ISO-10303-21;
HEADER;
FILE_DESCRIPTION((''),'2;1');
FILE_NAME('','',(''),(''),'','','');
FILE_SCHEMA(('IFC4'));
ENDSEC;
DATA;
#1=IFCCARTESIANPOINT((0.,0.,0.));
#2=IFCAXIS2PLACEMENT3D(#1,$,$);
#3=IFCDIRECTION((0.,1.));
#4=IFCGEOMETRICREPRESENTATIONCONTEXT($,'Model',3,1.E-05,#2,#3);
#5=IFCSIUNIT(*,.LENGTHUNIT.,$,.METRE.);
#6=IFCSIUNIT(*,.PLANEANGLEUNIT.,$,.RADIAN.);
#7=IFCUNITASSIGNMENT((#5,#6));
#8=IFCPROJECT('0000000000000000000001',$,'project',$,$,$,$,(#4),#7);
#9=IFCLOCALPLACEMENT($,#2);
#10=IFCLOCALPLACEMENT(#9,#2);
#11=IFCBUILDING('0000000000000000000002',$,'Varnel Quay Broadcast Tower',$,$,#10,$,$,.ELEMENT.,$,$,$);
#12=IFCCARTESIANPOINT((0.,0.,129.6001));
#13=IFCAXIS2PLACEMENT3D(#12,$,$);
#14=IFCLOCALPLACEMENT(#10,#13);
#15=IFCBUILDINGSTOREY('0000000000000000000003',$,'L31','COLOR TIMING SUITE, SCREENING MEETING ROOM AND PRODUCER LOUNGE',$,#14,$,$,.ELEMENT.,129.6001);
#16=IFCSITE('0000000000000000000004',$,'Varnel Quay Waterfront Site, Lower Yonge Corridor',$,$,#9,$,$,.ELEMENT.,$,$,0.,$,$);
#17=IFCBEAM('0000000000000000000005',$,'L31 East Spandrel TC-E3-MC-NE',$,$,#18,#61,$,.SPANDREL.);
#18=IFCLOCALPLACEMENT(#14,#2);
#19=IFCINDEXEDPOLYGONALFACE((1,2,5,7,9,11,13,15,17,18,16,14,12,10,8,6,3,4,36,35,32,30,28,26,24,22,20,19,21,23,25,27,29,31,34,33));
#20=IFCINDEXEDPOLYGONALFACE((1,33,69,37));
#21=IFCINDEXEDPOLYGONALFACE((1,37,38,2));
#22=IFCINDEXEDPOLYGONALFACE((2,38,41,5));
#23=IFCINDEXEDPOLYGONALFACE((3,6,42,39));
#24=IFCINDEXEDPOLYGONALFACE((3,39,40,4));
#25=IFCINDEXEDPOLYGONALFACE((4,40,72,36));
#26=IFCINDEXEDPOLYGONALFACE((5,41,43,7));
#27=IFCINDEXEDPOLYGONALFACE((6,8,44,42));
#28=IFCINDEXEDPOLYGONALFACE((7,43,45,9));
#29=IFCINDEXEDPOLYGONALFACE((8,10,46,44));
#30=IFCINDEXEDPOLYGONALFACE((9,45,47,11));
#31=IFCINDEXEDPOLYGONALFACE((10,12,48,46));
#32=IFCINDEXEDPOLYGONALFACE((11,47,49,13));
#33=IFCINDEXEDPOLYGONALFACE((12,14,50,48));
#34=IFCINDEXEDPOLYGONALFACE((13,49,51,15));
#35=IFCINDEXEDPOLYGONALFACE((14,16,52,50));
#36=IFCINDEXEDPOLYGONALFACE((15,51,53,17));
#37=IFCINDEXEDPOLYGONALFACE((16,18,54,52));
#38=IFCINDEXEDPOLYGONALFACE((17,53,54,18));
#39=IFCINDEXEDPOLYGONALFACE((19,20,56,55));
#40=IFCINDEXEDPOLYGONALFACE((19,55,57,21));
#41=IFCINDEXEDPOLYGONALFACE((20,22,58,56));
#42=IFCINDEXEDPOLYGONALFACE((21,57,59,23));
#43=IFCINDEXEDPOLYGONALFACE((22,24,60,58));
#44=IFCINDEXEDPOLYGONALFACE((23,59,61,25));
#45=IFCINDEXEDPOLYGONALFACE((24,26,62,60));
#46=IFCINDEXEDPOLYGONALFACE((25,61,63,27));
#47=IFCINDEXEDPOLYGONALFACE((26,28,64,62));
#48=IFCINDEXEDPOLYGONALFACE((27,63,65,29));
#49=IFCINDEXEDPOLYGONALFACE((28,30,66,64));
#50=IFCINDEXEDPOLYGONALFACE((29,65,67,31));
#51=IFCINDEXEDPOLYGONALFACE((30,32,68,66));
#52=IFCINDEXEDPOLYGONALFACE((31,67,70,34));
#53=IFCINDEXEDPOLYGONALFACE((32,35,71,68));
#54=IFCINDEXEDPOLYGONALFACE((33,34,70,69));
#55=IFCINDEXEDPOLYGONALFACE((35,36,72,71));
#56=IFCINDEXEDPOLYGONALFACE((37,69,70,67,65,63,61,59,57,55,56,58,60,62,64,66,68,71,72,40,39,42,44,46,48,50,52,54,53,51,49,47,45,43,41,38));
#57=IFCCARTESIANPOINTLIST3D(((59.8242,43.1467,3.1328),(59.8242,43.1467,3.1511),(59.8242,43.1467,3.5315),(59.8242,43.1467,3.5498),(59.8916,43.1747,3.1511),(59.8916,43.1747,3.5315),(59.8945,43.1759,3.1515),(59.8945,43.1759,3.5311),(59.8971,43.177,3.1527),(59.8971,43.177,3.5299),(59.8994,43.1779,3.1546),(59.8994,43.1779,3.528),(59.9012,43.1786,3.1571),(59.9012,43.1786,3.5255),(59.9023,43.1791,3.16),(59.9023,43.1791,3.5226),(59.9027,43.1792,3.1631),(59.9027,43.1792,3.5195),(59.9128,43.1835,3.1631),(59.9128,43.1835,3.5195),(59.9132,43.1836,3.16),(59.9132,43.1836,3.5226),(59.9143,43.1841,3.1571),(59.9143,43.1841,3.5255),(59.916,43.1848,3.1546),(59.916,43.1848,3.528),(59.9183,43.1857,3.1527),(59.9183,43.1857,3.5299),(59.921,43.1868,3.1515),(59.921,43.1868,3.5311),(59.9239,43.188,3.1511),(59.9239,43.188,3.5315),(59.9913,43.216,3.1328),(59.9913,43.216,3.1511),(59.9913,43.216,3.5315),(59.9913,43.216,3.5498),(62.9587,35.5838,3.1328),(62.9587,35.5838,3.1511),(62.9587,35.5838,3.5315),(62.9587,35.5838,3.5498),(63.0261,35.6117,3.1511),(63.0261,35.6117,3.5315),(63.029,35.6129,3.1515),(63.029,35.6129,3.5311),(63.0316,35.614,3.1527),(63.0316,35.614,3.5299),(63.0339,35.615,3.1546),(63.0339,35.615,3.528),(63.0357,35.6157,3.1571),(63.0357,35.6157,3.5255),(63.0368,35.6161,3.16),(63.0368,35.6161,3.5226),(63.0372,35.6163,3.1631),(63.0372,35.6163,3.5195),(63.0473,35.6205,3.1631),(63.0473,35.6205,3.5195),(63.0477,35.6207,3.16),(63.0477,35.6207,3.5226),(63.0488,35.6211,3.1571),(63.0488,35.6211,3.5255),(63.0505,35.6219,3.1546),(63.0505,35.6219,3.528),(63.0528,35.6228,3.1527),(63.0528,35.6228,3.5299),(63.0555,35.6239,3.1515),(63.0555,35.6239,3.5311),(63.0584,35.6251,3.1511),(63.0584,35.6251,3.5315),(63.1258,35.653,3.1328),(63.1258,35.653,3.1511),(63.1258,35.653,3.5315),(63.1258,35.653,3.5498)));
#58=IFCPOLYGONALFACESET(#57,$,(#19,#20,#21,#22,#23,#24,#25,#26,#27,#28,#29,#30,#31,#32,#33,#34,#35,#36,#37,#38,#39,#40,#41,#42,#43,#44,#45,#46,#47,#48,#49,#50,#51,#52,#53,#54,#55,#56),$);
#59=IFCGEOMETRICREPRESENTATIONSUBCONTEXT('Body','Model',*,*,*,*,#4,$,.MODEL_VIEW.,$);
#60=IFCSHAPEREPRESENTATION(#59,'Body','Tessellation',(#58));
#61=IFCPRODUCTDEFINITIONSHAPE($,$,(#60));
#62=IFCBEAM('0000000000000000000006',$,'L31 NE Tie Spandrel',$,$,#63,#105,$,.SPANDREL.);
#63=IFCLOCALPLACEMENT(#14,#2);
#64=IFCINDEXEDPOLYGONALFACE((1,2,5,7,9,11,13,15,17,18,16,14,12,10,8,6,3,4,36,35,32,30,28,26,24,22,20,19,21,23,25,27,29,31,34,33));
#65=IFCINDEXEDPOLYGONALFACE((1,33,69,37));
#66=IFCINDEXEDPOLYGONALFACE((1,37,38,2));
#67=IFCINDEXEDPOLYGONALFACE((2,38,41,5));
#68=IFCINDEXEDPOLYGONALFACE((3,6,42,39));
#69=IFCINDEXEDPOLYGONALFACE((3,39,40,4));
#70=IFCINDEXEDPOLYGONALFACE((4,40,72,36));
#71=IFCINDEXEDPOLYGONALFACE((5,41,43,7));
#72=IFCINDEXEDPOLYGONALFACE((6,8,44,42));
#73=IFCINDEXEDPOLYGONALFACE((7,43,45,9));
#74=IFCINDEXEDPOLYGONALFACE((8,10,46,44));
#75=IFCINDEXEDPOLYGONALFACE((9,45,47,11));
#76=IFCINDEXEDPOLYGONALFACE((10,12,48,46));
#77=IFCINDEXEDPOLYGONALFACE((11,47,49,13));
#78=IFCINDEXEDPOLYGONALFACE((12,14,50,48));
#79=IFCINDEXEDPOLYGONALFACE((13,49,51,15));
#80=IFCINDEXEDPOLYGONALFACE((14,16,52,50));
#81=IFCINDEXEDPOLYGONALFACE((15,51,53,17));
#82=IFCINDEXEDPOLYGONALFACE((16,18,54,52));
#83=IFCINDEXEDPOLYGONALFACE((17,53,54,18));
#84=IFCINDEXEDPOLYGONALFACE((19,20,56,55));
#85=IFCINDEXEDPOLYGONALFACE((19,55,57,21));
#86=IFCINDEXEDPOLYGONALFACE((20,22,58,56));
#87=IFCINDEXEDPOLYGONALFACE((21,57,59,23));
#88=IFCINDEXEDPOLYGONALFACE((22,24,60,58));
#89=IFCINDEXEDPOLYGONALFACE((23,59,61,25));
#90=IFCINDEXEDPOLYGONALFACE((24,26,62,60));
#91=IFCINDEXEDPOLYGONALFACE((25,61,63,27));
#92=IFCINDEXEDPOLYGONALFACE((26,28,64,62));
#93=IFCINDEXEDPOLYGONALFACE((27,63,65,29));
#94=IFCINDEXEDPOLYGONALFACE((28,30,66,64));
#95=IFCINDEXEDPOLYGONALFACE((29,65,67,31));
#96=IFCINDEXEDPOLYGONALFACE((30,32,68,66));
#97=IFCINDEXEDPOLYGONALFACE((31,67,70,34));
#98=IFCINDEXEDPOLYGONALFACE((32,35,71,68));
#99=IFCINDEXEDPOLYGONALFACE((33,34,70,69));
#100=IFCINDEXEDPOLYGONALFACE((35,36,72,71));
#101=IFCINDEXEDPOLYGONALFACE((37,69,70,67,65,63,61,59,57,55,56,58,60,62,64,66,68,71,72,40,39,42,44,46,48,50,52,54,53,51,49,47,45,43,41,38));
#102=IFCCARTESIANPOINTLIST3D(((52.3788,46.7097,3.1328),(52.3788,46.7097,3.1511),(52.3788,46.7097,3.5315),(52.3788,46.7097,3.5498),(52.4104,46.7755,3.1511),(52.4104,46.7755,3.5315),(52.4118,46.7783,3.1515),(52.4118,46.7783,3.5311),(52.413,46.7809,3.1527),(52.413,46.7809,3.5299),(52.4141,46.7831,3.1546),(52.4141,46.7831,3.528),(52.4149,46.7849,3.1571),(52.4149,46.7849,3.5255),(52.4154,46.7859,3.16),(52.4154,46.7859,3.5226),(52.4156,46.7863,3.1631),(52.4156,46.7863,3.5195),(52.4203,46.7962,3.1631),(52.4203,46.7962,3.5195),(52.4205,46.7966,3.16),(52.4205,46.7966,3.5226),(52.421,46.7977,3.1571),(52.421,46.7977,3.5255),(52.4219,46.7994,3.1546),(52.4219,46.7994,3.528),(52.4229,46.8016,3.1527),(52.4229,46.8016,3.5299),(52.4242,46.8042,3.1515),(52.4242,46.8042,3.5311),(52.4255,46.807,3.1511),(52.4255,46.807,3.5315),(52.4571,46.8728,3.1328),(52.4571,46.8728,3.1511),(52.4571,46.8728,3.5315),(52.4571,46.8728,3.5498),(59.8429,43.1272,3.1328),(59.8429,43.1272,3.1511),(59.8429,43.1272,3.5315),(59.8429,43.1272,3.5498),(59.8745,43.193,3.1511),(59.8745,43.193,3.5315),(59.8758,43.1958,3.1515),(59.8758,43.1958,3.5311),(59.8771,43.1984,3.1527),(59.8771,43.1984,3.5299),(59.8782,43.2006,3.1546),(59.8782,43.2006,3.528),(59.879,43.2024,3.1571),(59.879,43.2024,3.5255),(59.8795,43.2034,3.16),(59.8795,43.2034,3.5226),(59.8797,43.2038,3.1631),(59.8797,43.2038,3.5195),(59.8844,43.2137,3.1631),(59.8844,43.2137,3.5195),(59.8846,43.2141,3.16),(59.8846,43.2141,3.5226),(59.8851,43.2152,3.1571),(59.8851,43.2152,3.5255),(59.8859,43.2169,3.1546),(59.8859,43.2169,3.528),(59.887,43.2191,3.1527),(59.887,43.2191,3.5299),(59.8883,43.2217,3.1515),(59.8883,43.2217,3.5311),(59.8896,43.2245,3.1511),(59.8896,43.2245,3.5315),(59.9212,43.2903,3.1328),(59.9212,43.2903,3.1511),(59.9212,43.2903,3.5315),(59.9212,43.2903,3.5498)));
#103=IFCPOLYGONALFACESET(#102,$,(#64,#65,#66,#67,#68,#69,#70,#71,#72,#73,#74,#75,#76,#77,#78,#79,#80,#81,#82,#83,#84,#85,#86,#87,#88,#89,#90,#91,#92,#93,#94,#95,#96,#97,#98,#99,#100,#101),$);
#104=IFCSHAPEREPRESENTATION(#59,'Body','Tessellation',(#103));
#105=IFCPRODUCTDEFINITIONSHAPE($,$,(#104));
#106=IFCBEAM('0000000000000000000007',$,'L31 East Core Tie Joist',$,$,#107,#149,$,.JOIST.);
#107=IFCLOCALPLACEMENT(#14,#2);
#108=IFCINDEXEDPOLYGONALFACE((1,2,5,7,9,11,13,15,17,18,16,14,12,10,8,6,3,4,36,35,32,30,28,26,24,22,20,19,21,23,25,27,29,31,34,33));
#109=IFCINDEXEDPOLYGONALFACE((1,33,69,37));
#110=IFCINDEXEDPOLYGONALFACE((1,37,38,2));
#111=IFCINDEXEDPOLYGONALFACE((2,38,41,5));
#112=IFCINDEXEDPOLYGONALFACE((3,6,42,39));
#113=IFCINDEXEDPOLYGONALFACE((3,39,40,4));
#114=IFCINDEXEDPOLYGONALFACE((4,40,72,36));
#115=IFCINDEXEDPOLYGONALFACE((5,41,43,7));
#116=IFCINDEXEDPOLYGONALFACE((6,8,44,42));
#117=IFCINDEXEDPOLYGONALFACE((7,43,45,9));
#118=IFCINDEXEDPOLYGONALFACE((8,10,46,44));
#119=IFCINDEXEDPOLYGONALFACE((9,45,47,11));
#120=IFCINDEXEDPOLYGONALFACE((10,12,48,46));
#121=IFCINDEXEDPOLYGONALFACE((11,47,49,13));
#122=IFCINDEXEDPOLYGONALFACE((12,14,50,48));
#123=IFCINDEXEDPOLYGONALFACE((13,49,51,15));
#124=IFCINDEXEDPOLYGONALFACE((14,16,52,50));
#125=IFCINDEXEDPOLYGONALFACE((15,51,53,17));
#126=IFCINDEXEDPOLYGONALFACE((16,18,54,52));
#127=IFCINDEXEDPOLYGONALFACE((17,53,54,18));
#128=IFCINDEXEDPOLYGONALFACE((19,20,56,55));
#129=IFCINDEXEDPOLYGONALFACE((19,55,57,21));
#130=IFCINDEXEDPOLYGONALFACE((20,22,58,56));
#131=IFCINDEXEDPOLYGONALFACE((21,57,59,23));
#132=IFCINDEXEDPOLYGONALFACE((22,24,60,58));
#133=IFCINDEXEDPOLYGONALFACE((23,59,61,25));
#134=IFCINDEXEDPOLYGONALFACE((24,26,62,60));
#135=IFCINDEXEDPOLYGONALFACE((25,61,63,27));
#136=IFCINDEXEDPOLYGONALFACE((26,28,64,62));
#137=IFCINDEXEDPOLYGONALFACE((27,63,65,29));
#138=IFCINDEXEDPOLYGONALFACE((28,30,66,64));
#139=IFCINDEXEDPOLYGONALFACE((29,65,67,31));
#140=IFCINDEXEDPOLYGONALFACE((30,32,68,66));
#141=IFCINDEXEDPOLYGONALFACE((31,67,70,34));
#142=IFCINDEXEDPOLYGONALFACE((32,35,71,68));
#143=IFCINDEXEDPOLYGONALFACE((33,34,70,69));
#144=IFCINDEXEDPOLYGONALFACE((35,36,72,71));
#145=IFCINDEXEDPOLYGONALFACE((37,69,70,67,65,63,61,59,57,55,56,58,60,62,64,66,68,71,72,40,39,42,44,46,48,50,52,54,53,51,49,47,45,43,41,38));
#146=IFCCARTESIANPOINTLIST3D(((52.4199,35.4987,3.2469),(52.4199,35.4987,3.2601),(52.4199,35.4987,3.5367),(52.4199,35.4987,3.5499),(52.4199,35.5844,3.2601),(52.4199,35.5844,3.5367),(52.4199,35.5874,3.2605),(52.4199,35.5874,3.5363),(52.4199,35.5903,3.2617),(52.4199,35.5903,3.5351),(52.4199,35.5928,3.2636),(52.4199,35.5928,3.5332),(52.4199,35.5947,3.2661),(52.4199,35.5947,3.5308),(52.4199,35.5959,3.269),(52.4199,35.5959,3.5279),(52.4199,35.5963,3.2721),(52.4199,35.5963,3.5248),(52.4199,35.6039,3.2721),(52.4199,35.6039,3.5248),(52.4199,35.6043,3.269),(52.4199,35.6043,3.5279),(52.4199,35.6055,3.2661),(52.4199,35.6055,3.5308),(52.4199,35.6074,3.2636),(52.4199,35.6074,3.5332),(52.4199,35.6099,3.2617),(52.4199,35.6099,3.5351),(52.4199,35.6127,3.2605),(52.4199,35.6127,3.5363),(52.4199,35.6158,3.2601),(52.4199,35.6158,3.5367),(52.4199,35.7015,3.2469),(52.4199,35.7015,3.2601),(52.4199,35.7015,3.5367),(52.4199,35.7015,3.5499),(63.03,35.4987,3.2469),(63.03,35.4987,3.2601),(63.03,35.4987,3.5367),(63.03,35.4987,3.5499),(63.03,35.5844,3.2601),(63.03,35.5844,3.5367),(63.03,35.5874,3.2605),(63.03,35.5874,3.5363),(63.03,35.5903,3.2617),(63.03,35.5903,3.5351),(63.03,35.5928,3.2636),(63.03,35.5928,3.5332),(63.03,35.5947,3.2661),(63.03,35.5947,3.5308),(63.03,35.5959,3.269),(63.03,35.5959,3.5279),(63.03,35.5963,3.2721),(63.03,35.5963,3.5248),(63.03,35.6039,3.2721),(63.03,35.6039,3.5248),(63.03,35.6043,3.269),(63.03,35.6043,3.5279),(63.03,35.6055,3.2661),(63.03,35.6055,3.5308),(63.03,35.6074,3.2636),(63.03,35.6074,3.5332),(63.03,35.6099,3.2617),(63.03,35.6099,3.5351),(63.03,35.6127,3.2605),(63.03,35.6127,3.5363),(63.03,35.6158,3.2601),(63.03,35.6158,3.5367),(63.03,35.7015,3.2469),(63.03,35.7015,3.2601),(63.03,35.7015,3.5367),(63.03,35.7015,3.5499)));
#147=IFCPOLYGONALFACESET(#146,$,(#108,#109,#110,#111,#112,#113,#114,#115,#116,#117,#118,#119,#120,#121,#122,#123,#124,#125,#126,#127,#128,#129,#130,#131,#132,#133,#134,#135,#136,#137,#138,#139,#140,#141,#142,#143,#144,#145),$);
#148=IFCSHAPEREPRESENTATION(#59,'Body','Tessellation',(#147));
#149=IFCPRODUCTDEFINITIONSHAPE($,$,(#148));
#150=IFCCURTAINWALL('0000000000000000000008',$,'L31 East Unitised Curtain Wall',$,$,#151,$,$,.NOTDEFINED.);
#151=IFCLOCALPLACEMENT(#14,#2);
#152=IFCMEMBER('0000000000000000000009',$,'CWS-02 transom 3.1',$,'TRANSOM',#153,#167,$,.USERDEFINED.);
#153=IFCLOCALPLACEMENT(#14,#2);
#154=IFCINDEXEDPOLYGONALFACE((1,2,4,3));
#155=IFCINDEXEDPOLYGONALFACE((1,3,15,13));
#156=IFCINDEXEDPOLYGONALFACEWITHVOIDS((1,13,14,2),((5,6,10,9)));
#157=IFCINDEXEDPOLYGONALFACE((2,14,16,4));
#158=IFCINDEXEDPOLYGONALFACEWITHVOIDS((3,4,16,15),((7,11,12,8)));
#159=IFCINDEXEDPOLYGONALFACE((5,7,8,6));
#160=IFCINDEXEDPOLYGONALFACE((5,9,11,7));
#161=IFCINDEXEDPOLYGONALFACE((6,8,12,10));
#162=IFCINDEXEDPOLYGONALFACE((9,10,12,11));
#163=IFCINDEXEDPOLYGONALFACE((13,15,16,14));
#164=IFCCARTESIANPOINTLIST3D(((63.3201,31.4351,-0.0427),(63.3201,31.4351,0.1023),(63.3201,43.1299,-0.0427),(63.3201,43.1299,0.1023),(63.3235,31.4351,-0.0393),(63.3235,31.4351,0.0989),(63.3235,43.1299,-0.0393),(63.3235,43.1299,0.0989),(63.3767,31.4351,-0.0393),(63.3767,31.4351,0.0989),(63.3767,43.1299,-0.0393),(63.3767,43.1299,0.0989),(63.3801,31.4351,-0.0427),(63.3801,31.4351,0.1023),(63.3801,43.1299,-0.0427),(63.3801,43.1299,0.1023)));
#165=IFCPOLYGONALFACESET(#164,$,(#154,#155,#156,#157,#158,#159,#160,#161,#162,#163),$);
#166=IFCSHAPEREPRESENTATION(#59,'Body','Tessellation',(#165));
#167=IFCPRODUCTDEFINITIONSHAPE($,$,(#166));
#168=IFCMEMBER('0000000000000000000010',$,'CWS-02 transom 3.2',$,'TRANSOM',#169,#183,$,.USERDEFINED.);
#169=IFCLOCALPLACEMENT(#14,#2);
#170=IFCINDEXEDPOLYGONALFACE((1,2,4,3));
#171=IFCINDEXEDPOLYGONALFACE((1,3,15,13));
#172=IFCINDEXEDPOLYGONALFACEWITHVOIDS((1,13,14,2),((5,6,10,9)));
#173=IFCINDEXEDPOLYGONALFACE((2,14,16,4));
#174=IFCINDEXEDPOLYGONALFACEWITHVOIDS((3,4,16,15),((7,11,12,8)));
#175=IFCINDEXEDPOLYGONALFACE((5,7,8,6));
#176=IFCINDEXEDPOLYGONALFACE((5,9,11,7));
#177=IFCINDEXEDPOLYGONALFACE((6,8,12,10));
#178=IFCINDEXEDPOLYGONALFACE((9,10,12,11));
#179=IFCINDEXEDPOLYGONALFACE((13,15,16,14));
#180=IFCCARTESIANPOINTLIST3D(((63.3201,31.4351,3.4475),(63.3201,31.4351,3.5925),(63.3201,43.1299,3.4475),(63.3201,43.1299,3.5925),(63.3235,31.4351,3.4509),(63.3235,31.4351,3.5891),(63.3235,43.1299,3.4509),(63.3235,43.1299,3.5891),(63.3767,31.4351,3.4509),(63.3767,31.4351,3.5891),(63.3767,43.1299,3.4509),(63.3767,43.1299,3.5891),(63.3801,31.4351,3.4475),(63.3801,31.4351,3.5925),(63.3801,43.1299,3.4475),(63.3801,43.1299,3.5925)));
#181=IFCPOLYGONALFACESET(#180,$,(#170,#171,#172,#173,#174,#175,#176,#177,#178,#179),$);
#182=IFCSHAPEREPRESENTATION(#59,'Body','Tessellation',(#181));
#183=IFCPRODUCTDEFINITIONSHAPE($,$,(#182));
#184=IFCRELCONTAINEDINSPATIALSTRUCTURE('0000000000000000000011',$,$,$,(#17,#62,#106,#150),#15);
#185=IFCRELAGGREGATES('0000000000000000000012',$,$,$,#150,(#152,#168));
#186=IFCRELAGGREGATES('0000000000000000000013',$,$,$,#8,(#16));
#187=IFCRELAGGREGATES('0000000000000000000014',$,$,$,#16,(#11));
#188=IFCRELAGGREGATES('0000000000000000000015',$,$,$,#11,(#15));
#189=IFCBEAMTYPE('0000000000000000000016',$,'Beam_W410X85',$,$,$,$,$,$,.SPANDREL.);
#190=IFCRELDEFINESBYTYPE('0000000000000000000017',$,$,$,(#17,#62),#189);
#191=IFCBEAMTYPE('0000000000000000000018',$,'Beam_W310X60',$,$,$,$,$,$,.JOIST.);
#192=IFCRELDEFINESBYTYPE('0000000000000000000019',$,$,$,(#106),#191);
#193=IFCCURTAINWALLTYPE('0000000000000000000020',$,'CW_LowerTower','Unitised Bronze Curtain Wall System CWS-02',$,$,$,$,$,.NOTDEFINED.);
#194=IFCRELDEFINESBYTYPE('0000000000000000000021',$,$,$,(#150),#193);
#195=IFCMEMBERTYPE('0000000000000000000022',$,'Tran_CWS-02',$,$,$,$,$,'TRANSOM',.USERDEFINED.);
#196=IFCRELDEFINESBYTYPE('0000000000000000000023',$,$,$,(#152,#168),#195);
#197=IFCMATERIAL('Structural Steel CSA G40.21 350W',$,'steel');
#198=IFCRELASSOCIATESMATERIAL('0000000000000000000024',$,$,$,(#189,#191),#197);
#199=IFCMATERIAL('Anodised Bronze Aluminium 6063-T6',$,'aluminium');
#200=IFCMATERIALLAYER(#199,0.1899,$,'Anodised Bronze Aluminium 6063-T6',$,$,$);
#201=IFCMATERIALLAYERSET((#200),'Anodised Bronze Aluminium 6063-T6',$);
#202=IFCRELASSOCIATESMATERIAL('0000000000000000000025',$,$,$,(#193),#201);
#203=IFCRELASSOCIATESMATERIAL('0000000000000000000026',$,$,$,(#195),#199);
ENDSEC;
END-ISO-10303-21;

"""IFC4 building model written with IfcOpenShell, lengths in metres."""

from ifc_helpers import new_model, si_unit, direction, frame, origin, origin_2d, place, context, subcontext, project, spatial, hollow_rectangle, i_section, extrude, source, transform, mapped, material, layer, layer_set, material_profile, profile_set, type_object, type_shapes, element, aggregate, save


model = new_model("IFC4")

# Units and contexts
model_context = context("Model", 3, precision=1e-05, world=origin(), true_north=direction((0.0, 1.0)))
body_context = subcontext(model_context, "Body", "Model", "MODEL_VIEW")
ifc_project = project(units=[si_unit("LENGTHUNIT", "METRE"), si_unit("PLANEANGLEUNIT", "RADIAN")], contexts=[model_context])

# Site, building, storey
site_placement = place(None, origin())
site = spatial("IfcSite", under=ifc_project, at=site_placement, Name="Varnel Quay Waterfront Site, Lower Yonge Corridor", CompositionType="ELEMENT", RefElevation=0.0)
building_placement = place(site_placement, origin())
building = spatial("IfcBuilding", under=site, at=building_placement, Name="Varnel Quay Broadcast Tower", CompositionType="ELEMENT")
storey_placement = place(building_placement, frame((0.0, 0.0, 129.6001)))
storey = spatial("IfcBuildingStorey", under=building, at=storey_placement, Name="L31", Description="COLOR TIMING SUITE, SCREENING MEETING ROOM AND PRODUCER LOUNGE", CompositionType="ELEMENT", Elevation=129.6001)

# Shared definitions
ifc_material_1 = material(Name="Structural Steel CSA G40.21 350W", Category="steel")

# Beams
ifc_material_profile_1 = material_profile(ifc_material_1, i_section(OverallWidth=0.1809, OverallDepth=0.417, WebThickness=0.011, FlangeThickness=0.0183, FilletRadius=0.012, at=origin_2d()), Name="W410X85")
ifc_profile_set_1 = profile_set([ifc_material_profile_1], Name="Structural Steel CSA G40.21 350W")
beam_type_1 = type_object("IfcBeamType", Name="Beam_W410X85", PredefinedType="SPANDREL", material=ifc_profile_set_1)
shared_shape_1 = source(origin(), body_context, "Body", "SweptSolid", [
    extrude(i_section(OverallWidth=0.1809, OverallDepth=0.417, WebThickness=0.011, FlangeThickness=0.0183, FilletRadius=0.012, at=origin_2d()), origin(), (0.0, 0.0, 1.0), 8.1868),
])
beam_1_placement = place(storey_placement, frame((63.0422, 35.6184, 3.3413), z_axis=(-0.382874, 0.923801, 0.0), x_axis=(-0.923801, -0.382874, 0.0)))
element("IfcBeam", 1, at=beam_1_placement, inside=storey, type_object=beam_type_1, Name="L31 East Spandrel TC-E3-MC-NE", PredefinedType="SPANDREL", context=body_context, shape_type="MappedRepresentation", body=[
    mapped(shared_shape_1, transform((0.0, 0.0, 0.0), x_axis=(1.0, 0.0, 0.0), y_axis=(0.0, 1.0, 0.0), z_axis=(0.0, 0.0, 1.0), scale=1.0)),
])
shared_shape_2 = source(origin(), body_context, "Body", "SweptSolid", [
    extrude(i_section(OverallWidth=0.1809, OverallDepth=0.417, WebThickness=0.011, FlangeThickness=0.0183, FilletRadius=0.012, at=origin_2d()), origin(), (0.0, 0.0, 1.0), 8.2793),
])
type_shapes(beam_type_1, [shared_shape_1, shared_shape_2])
beam_2_placement = place(storey_placement, frame((52.418, 46.7913, 3.3413), z_axis=(0.901535, -0.432706, 0.0), x_axis=(0.432706, 0.901535, 0.0)))
element("IfcBeam", 2, at=beam_2_placement, inside=storey, type_object=beam_type_1, Name="L31 NE Tie Spandrel", PredefinedType="SPANDREL", context=body_context, shape_type="MappedRepresentation", body=[
    mapped(shared_shape_2, transform((0.0, 0.0, 0.0), x_axis=(1.0, 0.0, 0.0), y_axis=(0.0, 1.0, 0.0), z_axis=(0.0, 0.0, 1.0), scale=1.0)),
])
ifc_material_profile_2 = material_profile(ifc_material_1, i_section(OverallWidth=0.2029, OverallDepth=0.303, WebThickness=0.0076, FlangeThickness=0.0132, FilletRadius=0.012, at=origin_2d()), Name="W310X60")
ifc_profile_set_2 = profile_set([ifc_material_profile_2], Name="Structural Steel CSA G40.21 350W")
beam_type_2 = type_object("IfcBeamType", Name="Beam_W310X60", PredefinedType="JOIST", material=ifc_profile_set_2)
shared_shape_3 = source(origin(), body_context, "Body", "SweptSolid", [
    extrude(i_section(OverallWidth=0.2029, OverallDepth=0.303, WebThickness=0.0076, FlangeThickness=0.0132, FilletRadius=0.012, at=origin_2d()), origin(), (0.0, 0.0, 1.0), 10.6101),
])
type_shapes(beam_type_2, [shared_shape_3])
beam_3_placement = place(storey_placement, frame((52.4199, 35.6001, 3.3984), z_axis=(1.0, 0.0, 0.0), x_axis=(0.0, 1.0, 0.0)))
element("IfcBeam", 3, at=beam_3_placement, inside=storey, type_object=beam_type_2, Name="L31 East Core Tie Joist", PredefinedType="JOIST", context=body_context, shape_type="MappedRepresentation", body=[
    mapped(shared_shape_3, transform((0.0, 0.0, 0.0), x_axis=(1.0, 0.0, 0.0), y_axis=(0.0, 1.0, 0.0), z_axis=(0.0, 0.0, 1.0), scale=1.0)),
])

# Curtain wall, members
ifc_material_2 = material(Name="Anodised Bronze Aluminium 6063-T6", Category="aluminium")
ifc_layer_1 = layer(ifc_material_2, 0.1899, Name="Anodised Bronze Aluminium 6063-T6")
ifc_layer_set_1 = layer_set([ifc_layer_1], Name="Anodised Bronze Aluminium 6063-T6")
curtain_wall_type = type_object("IfcCurtainWallType", Name="CW_LowerTower", Description="Unitised Bronze Curtain Wall System CWS-02", PredefinedType="NOTDEFINED", material=ifc_layer_set_1)
curtain_wall_1_placement = place(storey_placement, origin())
curtain_wall_1 = element("IfcCurtainWall", 4, at=curtain_wall_1_placement, inside=storey, type_object=curtain_wall_type, Name="L31 East Unitised Curtain Wall", PredefinedType="NOTDEFINED")
ifc_material_profile_3 = material_profile(ifc_material_2, hollow_rectangle(XDim=0.0601, YDim=0.145, WallThickness=0.0034, at=origin_2d()), Name="ALU60X145X3.5")
ifc_profile_set_3 = profile_set([ifc_material_profile_3], Name="Anodised Bronze Aluminium 6063-T6")
member_type_1 = type_object("IfcMemberType", Name="Tran_CWS-02", ElementType="TRANSOM", PredefinedType="USERDEFINED", material=ifc_profile_set_3)
shared_shape_4 = source(origin(), body_context, "Body", "SweptSolid", [
    extrude(hollow_rectangle(XDim=0.0601, YDim=0.145, WallThickness=0.0034, at=origin_2d()), origin(), (0.0, 0.0, 1.0), 11.6948),
])
member_1_placement = place(storey_placement, frame((63.3501, 31.4351, 0.0298), z_axis=(0.0, 1.0, 0.0), x_axis=(-1.0, 0.0, 0.0)))
member_1 = element("IfcMember", 5, at=member_1_placement, type_object=member_type_1, Name="CWS-02 transom 3.1", ObjectType="TRANSOM", PredefinedType="USERDEFINED", context=body_context, shape_type="MappedRepresentation", body=[
    mapped(shared_shape_4, transform((0.0, 0.0, 0.0), x_axis=(1.0, 0.0, 0.0), y_axis=(0.0, 1.0, 0.0), z_axis=(0.0, 0.0, 1.0), scale=1.0)),
])
member_2_placement = place(storey_placement, frame((63.3501, 31.4351, 3.52), z_axis=(0.0, 1.0, 0.0), x_axis=(-1.0, 0.0, 0.0)))
member_2 = element("IfcMember", 6, at=member_2_placement, type_object=member_type_1, Name="CWS-02 transom 3.2", ObjectType="TRANSOM", PredefinedType="USERDEFINED", context=body_context, shape_type="MappedRepresentation", body=[
    mapped(shared_shape_4, transform((0.0, 0.0, 0.0), x_axis=(1.0, 0.0, 0.0), y_axis=(0.0, 1.0, 0.0), z_axis=(0.0, 0.0, 1.0), scale=1.0)),
])

aggregate(curtain_wall_1, [member_1, member_2])

save(model, "model.ifc")
